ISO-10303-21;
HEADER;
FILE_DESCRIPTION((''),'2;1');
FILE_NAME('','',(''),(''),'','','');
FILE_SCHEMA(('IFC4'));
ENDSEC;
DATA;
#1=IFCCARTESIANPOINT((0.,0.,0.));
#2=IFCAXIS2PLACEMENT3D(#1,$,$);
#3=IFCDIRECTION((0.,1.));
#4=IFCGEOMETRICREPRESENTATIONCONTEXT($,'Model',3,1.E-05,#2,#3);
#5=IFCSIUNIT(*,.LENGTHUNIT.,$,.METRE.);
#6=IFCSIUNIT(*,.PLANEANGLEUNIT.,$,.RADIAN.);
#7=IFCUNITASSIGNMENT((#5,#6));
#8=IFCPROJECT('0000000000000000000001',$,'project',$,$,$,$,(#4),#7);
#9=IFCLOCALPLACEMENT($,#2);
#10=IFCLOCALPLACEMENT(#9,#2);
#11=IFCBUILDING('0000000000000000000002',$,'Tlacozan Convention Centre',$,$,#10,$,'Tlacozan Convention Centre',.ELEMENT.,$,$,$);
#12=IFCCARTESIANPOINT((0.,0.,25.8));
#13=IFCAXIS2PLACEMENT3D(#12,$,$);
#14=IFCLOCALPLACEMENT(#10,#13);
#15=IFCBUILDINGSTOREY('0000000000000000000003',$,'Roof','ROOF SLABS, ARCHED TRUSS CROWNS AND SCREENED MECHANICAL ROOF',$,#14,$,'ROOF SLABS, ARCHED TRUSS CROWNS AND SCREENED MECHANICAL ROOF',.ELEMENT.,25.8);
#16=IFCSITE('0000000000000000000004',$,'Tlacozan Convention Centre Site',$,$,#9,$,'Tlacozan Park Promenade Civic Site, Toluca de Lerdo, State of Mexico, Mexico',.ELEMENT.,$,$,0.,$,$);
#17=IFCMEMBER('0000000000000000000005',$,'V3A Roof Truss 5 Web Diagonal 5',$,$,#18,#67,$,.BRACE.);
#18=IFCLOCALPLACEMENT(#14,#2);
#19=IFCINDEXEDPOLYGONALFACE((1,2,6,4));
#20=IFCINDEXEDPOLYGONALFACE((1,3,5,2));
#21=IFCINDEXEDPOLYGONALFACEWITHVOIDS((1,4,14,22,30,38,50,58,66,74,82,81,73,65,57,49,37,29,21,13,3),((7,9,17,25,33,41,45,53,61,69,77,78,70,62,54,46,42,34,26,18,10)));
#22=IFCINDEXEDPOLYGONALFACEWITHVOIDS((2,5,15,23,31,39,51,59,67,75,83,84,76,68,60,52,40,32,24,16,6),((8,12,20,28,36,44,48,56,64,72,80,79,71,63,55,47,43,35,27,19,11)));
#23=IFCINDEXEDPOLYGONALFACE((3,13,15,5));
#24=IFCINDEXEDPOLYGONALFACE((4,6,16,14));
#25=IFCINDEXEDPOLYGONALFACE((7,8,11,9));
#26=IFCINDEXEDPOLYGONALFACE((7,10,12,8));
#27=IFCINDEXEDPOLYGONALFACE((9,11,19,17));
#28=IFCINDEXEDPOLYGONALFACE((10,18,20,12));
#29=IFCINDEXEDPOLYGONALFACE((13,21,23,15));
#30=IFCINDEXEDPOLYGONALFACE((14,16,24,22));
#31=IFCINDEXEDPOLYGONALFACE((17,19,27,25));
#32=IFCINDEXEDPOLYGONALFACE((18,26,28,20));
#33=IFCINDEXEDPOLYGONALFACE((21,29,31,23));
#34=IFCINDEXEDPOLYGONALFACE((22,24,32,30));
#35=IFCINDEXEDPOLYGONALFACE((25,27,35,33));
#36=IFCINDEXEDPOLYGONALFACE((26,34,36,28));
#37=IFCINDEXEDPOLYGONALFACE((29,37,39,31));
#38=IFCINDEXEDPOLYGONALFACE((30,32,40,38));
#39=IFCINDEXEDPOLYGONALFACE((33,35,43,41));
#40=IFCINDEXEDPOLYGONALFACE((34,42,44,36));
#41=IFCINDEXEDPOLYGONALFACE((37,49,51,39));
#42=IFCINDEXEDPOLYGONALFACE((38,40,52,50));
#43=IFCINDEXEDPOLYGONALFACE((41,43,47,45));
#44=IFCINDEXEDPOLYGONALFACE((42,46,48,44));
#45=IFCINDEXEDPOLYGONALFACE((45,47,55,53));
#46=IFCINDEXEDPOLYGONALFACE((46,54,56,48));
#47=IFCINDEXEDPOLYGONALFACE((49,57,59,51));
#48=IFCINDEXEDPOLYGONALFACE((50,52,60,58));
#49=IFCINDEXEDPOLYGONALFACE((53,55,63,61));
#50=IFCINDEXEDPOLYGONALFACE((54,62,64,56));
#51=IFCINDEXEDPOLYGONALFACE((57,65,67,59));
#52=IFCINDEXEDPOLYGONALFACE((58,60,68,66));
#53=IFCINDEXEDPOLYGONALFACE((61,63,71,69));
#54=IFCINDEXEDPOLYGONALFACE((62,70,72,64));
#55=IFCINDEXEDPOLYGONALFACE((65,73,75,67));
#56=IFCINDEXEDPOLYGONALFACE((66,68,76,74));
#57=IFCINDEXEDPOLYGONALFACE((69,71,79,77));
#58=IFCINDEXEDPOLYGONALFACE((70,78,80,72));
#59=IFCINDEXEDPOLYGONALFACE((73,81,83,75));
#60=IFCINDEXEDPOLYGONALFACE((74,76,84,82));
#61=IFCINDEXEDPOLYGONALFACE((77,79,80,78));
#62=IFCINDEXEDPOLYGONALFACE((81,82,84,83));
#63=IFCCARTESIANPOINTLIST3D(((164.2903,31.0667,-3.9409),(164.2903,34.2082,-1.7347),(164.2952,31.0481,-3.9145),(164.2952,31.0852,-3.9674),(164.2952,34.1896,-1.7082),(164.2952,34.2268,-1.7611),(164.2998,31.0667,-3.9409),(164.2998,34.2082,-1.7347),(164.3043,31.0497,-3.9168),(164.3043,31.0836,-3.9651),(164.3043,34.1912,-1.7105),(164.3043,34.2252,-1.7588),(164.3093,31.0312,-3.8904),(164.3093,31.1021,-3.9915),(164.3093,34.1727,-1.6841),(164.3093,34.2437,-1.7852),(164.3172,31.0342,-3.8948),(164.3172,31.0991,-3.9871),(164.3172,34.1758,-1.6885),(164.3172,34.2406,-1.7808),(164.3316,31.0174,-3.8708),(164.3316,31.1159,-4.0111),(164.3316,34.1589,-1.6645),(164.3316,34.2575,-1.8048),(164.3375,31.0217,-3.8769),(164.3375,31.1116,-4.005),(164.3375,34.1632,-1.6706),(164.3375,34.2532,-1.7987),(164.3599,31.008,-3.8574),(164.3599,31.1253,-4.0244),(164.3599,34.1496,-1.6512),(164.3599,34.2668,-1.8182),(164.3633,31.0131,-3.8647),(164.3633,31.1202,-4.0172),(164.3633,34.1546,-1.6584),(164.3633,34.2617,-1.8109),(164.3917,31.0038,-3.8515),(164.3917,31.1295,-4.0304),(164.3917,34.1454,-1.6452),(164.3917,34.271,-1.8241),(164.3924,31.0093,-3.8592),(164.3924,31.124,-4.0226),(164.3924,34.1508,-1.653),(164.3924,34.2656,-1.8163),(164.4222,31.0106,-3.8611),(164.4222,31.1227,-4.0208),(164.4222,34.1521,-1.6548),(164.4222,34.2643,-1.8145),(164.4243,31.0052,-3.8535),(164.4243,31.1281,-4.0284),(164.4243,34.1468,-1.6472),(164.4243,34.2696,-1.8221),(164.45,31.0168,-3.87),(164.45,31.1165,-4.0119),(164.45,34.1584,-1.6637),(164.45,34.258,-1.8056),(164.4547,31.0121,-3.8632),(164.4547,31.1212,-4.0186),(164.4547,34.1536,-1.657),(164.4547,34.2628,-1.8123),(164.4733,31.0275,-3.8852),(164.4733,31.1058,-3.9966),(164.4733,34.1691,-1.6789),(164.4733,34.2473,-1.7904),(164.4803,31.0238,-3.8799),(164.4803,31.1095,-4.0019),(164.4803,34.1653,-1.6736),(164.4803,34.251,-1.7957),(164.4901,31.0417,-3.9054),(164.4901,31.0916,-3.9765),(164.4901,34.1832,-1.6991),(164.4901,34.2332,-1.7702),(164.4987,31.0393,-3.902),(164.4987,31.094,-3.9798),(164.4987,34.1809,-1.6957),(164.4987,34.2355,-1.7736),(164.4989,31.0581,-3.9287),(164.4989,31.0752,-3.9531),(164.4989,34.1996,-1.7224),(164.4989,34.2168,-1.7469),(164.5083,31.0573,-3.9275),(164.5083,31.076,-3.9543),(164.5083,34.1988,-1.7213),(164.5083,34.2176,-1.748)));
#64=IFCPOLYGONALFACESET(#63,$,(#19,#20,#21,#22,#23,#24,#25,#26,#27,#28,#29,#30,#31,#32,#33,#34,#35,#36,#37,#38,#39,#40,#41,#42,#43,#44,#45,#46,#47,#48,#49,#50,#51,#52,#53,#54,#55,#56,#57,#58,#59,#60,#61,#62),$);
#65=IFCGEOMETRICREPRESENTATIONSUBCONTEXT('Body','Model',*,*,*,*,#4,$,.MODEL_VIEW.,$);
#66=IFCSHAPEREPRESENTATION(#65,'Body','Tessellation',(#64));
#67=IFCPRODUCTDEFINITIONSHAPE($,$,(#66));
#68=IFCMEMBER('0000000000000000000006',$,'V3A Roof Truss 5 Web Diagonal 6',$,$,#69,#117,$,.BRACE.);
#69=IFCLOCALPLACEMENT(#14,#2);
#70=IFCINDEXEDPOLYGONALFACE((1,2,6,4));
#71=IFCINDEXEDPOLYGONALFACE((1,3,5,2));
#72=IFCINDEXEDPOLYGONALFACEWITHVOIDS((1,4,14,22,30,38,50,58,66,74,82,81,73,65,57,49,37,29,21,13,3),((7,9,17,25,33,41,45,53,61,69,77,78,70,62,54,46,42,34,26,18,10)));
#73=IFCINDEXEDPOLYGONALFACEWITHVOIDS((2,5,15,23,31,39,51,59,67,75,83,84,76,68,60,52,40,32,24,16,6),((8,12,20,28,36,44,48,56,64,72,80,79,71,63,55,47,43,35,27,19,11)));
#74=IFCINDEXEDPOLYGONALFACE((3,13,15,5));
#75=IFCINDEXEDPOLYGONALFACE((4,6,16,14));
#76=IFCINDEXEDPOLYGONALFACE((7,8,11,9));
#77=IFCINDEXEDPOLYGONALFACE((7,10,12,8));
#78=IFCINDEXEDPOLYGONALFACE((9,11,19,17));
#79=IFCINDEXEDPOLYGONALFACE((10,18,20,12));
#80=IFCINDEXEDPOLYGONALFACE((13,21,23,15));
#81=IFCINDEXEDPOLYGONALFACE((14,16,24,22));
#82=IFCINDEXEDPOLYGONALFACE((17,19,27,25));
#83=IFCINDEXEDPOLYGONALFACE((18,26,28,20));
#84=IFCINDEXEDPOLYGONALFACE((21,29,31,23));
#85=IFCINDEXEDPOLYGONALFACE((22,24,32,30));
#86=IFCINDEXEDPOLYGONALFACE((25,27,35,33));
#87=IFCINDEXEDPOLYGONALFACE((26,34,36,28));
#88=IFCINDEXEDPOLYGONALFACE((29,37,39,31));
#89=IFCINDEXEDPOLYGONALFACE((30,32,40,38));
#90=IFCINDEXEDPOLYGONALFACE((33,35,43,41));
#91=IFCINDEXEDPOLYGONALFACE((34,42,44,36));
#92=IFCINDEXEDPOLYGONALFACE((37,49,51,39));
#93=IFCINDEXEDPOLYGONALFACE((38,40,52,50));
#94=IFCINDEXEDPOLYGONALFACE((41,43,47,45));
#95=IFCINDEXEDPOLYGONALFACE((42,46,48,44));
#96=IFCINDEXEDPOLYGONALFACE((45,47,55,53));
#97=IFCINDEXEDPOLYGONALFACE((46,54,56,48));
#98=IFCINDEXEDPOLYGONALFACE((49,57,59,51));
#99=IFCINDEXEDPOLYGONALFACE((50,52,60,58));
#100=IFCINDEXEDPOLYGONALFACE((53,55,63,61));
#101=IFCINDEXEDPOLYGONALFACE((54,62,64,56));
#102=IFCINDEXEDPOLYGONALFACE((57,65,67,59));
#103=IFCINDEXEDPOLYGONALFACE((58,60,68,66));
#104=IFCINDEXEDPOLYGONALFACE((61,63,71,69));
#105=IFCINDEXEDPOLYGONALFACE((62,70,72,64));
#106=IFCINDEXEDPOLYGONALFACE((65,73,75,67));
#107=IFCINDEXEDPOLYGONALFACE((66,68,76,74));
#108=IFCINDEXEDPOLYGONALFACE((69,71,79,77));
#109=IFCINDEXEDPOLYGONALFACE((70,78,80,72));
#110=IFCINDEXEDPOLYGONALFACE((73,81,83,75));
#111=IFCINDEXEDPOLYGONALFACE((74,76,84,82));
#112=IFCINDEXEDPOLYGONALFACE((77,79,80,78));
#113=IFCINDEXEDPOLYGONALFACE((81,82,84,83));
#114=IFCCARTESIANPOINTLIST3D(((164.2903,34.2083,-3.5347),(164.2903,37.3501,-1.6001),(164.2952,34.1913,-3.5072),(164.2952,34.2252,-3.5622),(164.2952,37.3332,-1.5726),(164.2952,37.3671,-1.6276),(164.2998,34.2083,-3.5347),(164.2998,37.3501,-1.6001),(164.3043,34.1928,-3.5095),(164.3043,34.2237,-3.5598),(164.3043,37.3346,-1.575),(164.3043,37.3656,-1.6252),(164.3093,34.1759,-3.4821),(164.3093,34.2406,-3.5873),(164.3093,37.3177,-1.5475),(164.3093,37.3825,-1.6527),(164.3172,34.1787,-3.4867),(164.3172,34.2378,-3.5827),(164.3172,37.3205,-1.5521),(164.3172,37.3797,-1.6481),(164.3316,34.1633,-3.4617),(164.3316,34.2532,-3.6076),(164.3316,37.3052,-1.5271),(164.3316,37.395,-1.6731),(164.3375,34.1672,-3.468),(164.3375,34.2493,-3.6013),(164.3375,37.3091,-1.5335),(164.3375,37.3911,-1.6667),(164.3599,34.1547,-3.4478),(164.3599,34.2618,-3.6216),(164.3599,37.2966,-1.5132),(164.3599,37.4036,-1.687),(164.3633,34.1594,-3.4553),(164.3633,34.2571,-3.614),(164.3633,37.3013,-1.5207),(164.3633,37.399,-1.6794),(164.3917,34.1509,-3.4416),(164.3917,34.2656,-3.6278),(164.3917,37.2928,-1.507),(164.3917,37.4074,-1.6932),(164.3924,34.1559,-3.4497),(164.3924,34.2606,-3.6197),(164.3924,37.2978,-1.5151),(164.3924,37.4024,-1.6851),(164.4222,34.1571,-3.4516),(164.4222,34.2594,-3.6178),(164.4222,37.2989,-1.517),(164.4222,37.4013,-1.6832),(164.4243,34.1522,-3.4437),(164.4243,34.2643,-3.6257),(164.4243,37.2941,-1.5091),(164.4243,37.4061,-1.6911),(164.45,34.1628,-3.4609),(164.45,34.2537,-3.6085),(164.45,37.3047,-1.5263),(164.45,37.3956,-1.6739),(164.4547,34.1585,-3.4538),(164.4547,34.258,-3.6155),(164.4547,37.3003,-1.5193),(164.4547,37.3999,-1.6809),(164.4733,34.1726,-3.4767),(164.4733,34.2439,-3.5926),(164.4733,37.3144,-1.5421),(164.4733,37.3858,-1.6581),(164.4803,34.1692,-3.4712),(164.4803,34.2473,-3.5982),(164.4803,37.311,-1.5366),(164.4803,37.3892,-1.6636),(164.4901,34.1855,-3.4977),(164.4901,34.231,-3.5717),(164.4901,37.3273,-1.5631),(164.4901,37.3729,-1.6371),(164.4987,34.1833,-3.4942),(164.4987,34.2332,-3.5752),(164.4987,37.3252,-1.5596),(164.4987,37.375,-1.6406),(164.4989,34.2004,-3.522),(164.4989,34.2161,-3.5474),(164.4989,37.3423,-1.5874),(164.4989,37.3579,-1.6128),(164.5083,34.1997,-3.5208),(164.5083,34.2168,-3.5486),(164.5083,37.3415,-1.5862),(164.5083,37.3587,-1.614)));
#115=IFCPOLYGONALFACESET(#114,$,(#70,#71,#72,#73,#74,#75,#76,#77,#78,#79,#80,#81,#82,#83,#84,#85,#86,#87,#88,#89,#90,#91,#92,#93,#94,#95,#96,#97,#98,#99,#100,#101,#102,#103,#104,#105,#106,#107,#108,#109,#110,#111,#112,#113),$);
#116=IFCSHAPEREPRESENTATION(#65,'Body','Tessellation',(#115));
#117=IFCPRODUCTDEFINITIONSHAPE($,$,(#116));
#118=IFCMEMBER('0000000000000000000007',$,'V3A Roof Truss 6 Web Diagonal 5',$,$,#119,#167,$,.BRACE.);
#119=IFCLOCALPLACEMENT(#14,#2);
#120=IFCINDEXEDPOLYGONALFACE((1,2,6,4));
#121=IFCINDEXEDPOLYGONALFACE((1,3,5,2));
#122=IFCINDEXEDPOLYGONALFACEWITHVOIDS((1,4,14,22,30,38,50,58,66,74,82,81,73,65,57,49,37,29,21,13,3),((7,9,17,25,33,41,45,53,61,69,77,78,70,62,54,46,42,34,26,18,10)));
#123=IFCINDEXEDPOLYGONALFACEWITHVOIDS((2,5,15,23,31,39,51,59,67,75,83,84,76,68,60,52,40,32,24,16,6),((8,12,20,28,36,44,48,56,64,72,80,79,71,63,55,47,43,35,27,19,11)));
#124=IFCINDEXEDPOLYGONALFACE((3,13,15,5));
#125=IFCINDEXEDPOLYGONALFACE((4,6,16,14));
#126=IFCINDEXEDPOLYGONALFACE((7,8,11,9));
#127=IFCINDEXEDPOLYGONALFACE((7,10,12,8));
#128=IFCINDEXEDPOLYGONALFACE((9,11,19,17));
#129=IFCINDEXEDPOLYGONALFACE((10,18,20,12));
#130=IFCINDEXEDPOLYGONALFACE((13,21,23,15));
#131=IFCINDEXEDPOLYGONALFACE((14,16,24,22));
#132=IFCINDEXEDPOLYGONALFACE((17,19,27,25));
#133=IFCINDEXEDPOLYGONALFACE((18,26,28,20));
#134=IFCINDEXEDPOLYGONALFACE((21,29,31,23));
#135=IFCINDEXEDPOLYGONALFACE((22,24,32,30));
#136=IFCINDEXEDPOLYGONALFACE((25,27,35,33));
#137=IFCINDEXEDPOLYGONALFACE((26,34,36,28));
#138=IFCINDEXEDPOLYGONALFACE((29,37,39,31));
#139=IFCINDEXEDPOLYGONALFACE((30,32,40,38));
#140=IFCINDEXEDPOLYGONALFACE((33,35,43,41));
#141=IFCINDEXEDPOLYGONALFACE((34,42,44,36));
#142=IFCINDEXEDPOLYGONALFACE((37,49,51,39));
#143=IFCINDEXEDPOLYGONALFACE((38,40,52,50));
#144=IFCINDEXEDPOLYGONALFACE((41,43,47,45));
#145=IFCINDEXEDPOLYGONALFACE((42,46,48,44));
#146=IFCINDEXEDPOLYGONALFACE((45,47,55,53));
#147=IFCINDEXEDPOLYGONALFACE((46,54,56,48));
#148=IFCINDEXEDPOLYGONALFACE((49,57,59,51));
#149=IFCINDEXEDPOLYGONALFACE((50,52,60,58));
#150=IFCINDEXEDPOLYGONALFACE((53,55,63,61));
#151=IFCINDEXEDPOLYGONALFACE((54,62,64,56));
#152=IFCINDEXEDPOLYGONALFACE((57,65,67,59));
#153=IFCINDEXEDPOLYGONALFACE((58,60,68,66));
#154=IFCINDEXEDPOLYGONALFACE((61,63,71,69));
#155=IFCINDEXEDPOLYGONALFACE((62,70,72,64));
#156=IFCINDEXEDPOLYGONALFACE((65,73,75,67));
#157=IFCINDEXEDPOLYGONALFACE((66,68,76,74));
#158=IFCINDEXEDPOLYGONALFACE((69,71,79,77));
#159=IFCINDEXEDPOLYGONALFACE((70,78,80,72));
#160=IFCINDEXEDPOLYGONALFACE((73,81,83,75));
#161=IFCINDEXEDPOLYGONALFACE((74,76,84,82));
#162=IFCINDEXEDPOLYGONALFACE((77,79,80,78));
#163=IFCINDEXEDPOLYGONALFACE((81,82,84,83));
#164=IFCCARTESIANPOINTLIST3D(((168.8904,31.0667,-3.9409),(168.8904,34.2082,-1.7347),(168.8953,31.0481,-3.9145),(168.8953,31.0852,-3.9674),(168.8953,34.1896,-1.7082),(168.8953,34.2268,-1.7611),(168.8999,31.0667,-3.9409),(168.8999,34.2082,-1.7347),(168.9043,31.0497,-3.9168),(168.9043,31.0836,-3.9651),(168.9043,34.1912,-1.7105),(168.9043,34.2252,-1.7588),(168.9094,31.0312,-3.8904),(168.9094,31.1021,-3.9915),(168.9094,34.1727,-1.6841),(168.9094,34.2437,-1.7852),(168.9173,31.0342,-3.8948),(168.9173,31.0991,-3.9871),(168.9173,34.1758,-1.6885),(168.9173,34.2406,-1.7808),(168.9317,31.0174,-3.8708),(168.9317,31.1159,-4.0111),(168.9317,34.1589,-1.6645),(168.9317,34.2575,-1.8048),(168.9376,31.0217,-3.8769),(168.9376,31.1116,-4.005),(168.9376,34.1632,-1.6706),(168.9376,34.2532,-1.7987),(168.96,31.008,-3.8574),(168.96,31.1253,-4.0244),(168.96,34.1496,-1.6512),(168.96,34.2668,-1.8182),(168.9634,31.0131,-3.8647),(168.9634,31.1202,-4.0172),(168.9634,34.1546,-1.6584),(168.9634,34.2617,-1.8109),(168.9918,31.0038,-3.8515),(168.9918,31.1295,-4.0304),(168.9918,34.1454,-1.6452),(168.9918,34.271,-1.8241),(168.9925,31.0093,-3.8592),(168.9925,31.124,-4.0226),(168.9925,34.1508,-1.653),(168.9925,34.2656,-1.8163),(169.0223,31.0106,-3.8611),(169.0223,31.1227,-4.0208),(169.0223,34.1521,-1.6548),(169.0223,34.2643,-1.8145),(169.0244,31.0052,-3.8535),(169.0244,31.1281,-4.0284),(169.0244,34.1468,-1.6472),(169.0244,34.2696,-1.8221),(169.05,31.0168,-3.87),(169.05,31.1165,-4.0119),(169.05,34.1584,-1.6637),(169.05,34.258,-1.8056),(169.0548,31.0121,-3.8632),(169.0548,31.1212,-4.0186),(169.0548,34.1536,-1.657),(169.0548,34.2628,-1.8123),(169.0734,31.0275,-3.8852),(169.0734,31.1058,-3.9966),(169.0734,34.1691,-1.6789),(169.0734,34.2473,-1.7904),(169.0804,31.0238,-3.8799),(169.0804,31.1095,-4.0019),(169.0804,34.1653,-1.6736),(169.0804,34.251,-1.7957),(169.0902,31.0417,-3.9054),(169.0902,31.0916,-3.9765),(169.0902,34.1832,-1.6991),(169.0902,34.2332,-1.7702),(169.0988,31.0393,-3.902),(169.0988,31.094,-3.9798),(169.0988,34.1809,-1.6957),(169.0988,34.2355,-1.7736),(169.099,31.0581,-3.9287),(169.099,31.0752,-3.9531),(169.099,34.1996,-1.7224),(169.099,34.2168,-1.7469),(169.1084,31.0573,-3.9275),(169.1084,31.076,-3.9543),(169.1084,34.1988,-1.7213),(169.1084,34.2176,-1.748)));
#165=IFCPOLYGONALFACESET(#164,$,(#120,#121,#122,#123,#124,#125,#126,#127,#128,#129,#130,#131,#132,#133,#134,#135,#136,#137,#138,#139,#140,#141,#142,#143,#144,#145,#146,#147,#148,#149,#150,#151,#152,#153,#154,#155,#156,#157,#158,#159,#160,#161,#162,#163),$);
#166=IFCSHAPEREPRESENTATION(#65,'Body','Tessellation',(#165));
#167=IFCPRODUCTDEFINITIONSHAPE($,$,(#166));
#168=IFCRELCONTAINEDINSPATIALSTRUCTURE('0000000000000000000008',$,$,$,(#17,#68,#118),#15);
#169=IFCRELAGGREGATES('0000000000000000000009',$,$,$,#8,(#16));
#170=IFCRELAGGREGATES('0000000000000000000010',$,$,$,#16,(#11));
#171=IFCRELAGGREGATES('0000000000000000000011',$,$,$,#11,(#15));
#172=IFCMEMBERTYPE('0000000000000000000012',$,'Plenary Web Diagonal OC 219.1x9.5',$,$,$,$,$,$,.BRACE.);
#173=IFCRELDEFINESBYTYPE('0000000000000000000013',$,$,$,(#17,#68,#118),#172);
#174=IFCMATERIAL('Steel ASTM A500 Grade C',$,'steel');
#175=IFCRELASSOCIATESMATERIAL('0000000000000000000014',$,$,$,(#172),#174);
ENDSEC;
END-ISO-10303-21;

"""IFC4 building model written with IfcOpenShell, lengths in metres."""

from ifc_helpers import new_model, si_unit, direction, frame, origin, origin_2d, place, context, subcontext, project, spatial, hollow_circle, extrude, material, material_profile, profile_set, type_object, element, save


model = new_model("IFC4")

# Units and contexts
model_context = context("Model", 3, precision=1e-05, world=origin(), true_north=direction((0.0, 1.0)))
body_context = subcontext(model_context, "Body", "Model", "MODEL_VIEW")
ifc_project = project(units=[si_unit("LENGTHUNIT", "METRE"), si_unit("PLANEANGLEUNIT", "RADIAN")], contexts=[model_context])

# Site, building, storey
site_placement = place(None, origin())
site = spatial("IfcSite", under=ifc_project, at=site_placement, Name="Tlacozan Convention Centre Site", LongName="Tlacozan Park Promenade Civic Site, Toluca de Lerdo, State of Mexico, Mexico", CompositionType="ELEMENT", RefElevation=0.0)
building_placement = place(site_placement, origin())
building = spatial("IfcBuilding", under=site, at=building_placement, Name="Tlacozan Convention Centre", LongName="Tlacozan Convention Centre", CompositionType="ELEMENT")
storey_placement = place(building_placement, frame((0.0, 0.0, 25.8)))
storey = spatial("IfcBuildingStorey", under=building, at=storey_placement, Name="Roof", Description="ROOF SLABS, ARCHED TRUSS CROWNS AND SCREENED MECHANICAL ROOF", LongName="ROOF SLABS, ARCHED TRUSS CROWNS AND SCREENED MECHANICAL ROOF", CompositionType="ELEMENT", Elevation=25.8)

# Members
ifc_material_1 = material(Name="Steel ASTM A500 Grade C", Category="steel")
ifc_material_profile_1 = material_profile(ifc_material_1, hollow_circle(Radius=0.1096, WallThickness=0.0095, at=origin_2d()), Name="OC 219.1x9.5")
ifc_profile_set_1 = profile_set([ifc_material_profile_1], Name="Steel ASTM A500 Grade C")
member_type_1 = type_object("IfcMemberType", Name="Plenary Web Diagonal OC 219.1x9.5", PredefinedType="BRACE", material=ifc_profile_set_1)
member_1_placement = place(storey_placement, frame((164.3999, 31.0667, -3.9409), z_axis=(0.0, 0.818353, 0.574717), x_axis=(-1.0, 0.0, 0.0)))
element("IfcMember", 1, at=member_1_placement, inside=storey, type_object=member_type_1, Name="V3A Roof Truss 5 Web Diagonal 5", PredefinedType="BRACE", context=body_context, shape_type="SweptSolid", body=[
    extrude(hollow_circle(Radius=0.1096, WallThickness=0.0095, at=origin_2d()), origin(), (0.0, 0.0, 1.0), 3.8389),
])
member_2_placement = place(storey_placement, frame((164.3999, 34.2083, -3.5347), z_axis=(0.0, 0.851522, 0.524319), x_axis=(-1.0, 0.0, 0.0)))
element("IfcMember", 2, at=member_2_placement, inside=storey, type_object=member_type_1, Name="V3A Roof Truss 5 Web Diagonal 6", PredefinedType="BRACE", context=body_context, shape_type="SweptSolid", body=[
    extrude(hollow_circle(Radius=0.1096, WallThickness=0.0095, at=origin_2d()), origin(), (0.0, 0.0, 1.0), 3.6897),
])
member_3_placement = place(storey_placement, frame((169.0, 31.0667, -3.9409), z_axis=(0.0, 0.818353, 0.574717), x_axis=(-1.0, 0.0, 0.0)))
element("IfcMember", 3, at=member_3_placement, inside=storey, type_object=member_type_1, Name="V3A Roof Truss 6 Web Diagonal 5", PredefinedType="BRACE", context=body_context, shape_type="SweptSolid", body=[
    extrude(hollow_circle(Radius=0.1096, WallThickness=0.0095, at=origin_2d()), origin(), (0.0, 0.0, 1.0), 3.8389),
])

save(model, "model.ifc")
